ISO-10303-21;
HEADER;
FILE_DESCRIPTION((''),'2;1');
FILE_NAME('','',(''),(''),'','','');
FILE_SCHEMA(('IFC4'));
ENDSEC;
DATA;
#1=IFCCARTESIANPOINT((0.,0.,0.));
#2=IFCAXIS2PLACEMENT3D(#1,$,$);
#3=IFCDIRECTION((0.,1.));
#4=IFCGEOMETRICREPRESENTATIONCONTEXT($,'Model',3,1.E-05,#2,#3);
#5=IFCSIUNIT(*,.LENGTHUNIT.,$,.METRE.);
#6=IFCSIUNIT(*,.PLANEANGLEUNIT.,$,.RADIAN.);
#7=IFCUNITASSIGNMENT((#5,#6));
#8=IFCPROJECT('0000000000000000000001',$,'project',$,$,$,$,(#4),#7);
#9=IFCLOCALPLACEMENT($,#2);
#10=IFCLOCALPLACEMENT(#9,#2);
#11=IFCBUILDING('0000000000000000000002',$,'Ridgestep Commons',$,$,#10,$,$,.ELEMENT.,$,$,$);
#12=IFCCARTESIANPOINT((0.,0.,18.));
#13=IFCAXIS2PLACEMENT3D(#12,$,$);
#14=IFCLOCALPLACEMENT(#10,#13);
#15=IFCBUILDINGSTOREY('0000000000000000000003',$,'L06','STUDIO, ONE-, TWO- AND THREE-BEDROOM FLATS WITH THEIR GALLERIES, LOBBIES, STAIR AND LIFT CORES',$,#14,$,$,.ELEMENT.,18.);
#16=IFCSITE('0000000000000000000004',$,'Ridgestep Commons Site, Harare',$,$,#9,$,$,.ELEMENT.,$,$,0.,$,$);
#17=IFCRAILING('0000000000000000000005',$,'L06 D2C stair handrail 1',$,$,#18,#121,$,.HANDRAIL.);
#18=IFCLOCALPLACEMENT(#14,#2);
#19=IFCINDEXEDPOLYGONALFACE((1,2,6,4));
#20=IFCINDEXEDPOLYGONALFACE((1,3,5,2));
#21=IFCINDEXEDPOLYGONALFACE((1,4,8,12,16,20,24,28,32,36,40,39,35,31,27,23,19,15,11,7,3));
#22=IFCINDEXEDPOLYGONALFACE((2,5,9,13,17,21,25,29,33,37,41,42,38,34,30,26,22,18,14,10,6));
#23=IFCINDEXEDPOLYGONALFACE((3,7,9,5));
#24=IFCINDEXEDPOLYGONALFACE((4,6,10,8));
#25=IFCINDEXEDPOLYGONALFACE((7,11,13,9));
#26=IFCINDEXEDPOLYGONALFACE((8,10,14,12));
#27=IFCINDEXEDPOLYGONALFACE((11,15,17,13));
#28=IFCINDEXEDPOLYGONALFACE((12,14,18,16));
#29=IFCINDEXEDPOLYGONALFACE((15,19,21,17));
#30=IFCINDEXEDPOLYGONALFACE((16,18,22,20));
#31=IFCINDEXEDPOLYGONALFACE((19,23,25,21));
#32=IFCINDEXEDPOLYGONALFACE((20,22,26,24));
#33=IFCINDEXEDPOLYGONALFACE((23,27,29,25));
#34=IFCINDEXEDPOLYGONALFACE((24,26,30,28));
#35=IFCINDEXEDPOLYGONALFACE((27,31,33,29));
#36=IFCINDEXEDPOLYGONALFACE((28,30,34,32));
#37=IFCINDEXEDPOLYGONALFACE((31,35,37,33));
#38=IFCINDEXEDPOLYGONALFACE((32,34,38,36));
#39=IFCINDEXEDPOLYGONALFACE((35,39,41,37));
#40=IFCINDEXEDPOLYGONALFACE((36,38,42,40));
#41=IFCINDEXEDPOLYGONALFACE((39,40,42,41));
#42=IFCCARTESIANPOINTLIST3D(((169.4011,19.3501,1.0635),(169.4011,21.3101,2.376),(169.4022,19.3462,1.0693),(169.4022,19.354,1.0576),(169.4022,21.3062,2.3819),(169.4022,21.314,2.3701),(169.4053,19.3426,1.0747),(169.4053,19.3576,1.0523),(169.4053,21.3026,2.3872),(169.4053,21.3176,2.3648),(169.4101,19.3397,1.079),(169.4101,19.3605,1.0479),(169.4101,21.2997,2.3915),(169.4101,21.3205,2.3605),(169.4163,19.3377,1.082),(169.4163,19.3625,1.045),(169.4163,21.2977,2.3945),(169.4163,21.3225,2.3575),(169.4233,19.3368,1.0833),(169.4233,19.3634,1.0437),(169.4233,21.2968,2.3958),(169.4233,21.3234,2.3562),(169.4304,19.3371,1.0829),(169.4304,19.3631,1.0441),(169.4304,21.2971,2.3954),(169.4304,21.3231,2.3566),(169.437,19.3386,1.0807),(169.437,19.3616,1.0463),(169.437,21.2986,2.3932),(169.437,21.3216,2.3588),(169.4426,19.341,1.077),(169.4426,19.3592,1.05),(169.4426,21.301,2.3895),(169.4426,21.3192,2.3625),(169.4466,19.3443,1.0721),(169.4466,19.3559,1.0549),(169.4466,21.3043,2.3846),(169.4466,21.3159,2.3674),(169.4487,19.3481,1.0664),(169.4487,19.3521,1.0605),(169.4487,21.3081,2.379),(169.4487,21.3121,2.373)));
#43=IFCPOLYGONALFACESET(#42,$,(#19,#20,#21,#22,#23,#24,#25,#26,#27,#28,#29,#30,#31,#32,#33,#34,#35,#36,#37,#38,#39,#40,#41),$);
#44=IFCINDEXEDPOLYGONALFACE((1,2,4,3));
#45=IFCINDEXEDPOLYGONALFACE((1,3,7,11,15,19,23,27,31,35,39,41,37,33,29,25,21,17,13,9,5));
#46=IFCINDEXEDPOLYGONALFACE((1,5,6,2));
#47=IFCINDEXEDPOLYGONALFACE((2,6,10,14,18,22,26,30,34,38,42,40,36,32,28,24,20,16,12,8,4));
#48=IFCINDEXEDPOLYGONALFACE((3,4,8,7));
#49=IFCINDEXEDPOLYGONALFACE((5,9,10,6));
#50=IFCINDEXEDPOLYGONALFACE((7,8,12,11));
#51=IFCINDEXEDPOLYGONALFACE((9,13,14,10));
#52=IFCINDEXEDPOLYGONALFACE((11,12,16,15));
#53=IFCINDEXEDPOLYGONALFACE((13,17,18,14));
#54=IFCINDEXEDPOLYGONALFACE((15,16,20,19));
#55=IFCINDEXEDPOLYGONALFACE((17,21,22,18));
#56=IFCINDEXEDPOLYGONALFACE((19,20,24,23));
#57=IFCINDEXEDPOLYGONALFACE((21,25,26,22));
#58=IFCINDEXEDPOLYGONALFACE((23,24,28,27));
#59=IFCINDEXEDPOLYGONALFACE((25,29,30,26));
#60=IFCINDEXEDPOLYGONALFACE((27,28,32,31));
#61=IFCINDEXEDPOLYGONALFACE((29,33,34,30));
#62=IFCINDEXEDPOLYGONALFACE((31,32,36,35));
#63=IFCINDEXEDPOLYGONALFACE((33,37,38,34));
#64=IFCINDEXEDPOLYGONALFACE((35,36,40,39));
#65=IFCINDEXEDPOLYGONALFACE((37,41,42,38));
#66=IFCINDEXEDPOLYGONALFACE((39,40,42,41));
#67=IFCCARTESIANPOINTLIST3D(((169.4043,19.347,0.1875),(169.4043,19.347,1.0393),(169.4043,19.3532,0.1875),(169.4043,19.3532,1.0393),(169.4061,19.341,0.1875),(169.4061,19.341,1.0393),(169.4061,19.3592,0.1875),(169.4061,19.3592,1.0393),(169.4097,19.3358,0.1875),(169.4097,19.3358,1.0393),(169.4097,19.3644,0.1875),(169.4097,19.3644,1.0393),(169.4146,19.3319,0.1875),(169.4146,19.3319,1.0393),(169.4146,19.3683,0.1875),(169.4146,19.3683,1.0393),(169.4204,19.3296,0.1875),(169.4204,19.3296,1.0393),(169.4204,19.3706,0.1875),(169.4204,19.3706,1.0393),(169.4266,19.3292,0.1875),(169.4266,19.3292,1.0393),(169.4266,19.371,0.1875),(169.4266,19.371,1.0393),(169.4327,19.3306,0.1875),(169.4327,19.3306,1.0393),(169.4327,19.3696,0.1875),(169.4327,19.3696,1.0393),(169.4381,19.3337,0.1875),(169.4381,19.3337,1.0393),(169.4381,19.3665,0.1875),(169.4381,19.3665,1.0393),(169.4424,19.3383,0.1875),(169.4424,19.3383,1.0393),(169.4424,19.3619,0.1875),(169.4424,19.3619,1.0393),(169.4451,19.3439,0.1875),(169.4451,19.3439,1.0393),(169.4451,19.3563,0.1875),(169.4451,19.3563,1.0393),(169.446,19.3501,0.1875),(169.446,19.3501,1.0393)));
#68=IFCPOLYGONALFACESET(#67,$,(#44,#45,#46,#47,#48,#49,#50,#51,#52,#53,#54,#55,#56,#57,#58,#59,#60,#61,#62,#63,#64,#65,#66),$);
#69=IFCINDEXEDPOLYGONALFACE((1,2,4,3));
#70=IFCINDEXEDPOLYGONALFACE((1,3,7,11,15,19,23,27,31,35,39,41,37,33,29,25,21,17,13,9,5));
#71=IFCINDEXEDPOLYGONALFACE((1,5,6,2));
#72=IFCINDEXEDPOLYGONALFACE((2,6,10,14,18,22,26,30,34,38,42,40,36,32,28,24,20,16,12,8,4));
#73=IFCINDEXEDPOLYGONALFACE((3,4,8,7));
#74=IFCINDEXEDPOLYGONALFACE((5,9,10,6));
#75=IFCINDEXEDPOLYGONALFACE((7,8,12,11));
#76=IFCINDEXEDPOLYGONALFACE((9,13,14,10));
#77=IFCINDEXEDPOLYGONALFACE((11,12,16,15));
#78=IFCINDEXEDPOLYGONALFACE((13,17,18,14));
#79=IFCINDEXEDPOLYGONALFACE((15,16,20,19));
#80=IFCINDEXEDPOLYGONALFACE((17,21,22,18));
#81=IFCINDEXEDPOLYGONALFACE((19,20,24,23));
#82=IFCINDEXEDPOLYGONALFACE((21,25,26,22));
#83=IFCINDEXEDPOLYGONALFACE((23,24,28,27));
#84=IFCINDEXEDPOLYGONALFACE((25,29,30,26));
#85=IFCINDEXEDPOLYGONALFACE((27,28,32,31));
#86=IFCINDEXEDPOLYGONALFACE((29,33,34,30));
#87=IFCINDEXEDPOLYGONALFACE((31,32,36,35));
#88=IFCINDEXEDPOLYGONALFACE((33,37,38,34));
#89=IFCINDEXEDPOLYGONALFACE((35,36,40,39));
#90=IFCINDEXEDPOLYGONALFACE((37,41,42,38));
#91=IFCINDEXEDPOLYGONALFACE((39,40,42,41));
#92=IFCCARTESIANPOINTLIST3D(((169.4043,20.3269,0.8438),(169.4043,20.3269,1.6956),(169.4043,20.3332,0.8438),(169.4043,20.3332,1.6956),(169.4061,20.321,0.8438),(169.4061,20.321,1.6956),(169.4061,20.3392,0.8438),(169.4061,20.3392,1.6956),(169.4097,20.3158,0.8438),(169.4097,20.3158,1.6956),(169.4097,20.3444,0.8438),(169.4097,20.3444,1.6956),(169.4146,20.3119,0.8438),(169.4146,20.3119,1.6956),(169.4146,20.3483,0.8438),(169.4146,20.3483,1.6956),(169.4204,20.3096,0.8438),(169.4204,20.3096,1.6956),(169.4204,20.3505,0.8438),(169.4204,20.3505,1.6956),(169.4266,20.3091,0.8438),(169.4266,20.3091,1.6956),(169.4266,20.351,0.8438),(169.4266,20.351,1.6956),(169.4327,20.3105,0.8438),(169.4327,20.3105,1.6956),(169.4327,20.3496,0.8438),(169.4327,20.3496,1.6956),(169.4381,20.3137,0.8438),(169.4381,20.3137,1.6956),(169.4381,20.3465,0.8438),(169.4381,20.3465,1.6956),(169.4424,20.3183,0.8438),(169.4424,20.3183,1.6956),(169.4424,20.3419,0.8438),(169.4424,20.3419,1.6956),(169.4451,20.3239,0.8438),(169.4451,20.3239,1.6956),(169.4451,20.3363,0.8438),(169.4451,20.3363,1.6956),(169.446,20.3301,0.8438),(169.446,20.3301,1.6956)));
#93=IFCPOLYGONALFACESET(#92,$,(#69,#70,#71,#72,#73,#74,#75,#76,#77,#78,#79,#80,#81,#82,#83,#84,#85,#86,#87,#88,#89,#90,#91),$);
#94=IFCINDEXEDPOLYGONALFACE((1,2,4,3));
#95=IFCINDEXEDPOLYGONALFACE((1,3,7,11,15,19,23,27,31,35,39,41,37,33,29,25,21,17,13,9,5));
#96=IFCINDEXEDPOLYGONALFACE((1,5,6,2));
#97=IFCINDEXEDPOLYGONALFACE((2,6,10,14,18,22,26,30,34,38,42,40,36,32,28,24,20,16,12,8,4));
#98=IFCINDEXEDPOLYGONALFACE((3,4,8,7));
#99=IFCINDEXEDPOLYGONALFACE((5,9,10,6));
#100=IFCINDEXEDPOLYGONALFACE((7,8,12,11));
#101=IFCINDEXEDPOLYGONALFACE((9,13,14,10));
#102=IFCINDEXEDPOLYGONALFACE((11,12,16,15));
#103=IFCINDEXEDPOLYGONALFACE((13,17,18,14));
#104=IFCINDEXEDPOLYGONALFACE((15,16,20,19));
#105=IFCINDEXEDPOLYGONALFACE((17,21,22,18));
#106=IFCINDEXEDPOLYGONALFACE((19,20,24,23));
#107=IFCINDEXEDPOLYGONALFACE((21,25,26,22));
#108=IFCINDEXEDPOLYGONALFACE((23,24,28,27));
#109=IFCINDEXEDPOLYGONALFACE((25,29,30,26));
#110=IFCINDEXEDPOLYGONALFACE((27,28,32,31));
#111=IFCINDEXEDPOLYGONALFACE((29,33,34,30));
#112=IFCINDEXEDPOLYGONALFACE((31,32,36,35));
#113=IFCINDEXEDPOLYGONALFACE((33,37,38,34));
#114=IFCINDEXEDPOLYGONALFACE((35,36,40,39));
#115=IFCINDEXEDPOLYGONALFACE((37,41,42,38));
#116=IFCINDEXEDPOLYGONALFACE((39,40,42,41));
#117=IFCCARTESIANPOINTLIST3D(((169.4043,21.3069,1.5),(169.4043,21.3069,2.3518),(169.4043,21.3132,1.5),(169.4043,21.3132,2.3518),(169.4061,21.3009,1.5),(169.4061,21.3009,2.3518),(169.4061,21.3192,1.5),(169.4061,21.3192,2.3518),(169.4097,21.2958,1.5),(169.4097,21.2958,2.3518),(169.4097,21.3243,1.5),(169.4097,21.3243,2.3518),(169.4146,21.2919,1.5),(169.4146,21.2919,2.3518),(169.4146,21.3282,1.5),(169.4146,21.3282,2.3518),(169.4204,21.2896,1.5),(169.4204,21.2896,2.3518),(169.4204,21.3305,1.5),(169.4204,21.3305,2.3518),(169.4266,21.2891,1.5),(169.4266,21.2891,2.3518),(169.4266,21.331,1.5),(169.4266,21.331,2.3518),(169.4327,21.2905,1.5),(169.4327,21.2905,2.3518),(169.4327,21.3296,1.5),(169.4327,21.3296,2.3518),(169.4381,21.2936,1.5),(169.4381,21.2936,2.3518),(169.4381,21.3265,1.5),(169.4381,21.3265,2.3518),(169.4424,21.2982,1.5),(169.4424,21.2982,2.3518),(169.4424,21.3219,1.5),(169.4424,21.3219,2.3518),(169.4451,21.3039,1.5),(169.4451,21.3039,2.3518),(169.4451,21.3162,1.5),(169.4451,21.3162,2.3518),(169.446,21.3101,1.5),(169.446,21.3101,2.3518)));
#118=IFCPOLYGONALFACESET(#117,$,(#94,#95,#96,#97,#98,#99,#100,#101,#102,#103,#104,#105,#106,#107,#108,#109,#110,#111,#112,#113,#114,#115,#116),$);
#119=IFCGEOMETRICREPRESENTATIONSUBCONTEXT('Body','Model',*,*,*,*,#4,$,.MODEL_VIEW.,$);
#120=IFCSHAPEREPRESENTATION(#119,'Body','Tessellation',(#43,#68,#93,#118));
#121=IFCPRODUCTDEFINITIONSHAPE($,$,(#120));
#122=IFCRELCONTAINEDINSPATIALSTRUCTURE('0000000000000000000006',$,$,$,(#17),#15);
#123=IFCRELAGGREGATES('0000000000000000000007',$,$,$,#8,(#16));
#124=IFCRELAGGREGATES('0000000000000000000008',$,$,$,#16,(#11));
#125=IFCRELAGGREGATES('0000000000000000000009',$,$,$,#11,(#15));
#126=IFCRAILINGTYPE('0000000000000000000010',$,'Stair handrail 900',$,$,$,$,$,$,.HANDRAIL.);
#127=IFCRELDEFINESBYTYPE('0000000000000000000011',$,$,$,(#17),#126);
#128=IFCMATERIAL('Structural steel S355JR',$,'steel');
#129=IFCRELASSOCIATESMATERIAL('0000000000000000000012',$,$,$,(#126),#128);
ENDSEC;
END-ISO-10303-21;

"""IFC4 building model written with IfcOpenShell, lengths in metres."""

from ifc_helpers import new_model, si_unit, direction, frame, origin, origin_2d, place, context, subcontext, project, spatial, circle, extrude, material, type_object, element, save


model = new_model("IFC4")

# Units and contexts
model_context = context("Model", 3, precision=1e-05, world=origin(), true_north=direction((0.0, 1.0)))
body_context = subcontext(model_context, "Body", "Model", "MODEL_VIEW")
ifc_project = project(units=[si_unit("LENGTHUNIT", "METRE"), si_unit("PLANEANGLEUNIT", "RADIAN")], contexts=[model_context])

# Site, building, storey
site_placement = place(None, origin())
site = spatial("IfcSite", under=ifc_project, at=site_placement, Name="Ridgestep Commons Site, Harare", CompositionType="ELEMENT", RefElevation=0.0)
building_placement = place(site_placement, origin())
building = spatial("IfcBuilding", under=site, at=building_placement, Name="Ridgestep Commons", CompositionType="ELEMENT")
storey_placement = place(building_placement, frame((0.0, 0.0, 18.0)))
storey = spatial("IfcBuildingStorey", under=building, at=storey_placement, Name="L06", Description="STUDIO, ONE-, TWO- AND THREE-BEDROOM FLATS WITH THEIR GALLERIES, LOBBIES, STAIR AND LIFT CORES", CompositionType="ELEMENT", Elevation=18.0)

# Railing
ifc_material_1 = material(Name="Structural steel S355JR", Category="steel")
railing_type_1 = type_object("IfcRailingType", Name="Stair handrail 900", PredefinedType="HANDRAIL", material=ifc_material_1)
railing_1_placement = place(storey_placement, frame((169.425, 19.3501, 0.1875)))
element("IfcRailing", 1, at=railing_1_placement, inside=storey, type_object=railing_type_1, Name="L06 D2C stair handrail 1", PredefinedType="HANDRAIL", context=body_context, shape_type="SweptSolid", body=[
    extrude(circle(Radius=0.0239, at=origin_2d()), frame((0.0, 0.0, 0.876), z_axis=(0.0, 0.830902, 0.556419), x_axis=(-1.0, 0.0, 0.0)), (0.0, 0.0, 1.0), 2.3589),
    extrude(circle(Radius=0.021, at=origin_2d()), origin(), (0.0, 0.0, 1.0), 0.8518),
    extrude(circle(Radius=0.021, at=origin_2d()), frame((0.0, 0.98, 0.6562)), (0.0, 0.0, 1.0), 0.8518),
    extrude(circle(Radius=0.021, at=origin_2d()), frame((0.0, 1.96, 1.3125)), (0.0, 0.0, 1.0), 0.8518),
])

save(model, "model.ifc")
